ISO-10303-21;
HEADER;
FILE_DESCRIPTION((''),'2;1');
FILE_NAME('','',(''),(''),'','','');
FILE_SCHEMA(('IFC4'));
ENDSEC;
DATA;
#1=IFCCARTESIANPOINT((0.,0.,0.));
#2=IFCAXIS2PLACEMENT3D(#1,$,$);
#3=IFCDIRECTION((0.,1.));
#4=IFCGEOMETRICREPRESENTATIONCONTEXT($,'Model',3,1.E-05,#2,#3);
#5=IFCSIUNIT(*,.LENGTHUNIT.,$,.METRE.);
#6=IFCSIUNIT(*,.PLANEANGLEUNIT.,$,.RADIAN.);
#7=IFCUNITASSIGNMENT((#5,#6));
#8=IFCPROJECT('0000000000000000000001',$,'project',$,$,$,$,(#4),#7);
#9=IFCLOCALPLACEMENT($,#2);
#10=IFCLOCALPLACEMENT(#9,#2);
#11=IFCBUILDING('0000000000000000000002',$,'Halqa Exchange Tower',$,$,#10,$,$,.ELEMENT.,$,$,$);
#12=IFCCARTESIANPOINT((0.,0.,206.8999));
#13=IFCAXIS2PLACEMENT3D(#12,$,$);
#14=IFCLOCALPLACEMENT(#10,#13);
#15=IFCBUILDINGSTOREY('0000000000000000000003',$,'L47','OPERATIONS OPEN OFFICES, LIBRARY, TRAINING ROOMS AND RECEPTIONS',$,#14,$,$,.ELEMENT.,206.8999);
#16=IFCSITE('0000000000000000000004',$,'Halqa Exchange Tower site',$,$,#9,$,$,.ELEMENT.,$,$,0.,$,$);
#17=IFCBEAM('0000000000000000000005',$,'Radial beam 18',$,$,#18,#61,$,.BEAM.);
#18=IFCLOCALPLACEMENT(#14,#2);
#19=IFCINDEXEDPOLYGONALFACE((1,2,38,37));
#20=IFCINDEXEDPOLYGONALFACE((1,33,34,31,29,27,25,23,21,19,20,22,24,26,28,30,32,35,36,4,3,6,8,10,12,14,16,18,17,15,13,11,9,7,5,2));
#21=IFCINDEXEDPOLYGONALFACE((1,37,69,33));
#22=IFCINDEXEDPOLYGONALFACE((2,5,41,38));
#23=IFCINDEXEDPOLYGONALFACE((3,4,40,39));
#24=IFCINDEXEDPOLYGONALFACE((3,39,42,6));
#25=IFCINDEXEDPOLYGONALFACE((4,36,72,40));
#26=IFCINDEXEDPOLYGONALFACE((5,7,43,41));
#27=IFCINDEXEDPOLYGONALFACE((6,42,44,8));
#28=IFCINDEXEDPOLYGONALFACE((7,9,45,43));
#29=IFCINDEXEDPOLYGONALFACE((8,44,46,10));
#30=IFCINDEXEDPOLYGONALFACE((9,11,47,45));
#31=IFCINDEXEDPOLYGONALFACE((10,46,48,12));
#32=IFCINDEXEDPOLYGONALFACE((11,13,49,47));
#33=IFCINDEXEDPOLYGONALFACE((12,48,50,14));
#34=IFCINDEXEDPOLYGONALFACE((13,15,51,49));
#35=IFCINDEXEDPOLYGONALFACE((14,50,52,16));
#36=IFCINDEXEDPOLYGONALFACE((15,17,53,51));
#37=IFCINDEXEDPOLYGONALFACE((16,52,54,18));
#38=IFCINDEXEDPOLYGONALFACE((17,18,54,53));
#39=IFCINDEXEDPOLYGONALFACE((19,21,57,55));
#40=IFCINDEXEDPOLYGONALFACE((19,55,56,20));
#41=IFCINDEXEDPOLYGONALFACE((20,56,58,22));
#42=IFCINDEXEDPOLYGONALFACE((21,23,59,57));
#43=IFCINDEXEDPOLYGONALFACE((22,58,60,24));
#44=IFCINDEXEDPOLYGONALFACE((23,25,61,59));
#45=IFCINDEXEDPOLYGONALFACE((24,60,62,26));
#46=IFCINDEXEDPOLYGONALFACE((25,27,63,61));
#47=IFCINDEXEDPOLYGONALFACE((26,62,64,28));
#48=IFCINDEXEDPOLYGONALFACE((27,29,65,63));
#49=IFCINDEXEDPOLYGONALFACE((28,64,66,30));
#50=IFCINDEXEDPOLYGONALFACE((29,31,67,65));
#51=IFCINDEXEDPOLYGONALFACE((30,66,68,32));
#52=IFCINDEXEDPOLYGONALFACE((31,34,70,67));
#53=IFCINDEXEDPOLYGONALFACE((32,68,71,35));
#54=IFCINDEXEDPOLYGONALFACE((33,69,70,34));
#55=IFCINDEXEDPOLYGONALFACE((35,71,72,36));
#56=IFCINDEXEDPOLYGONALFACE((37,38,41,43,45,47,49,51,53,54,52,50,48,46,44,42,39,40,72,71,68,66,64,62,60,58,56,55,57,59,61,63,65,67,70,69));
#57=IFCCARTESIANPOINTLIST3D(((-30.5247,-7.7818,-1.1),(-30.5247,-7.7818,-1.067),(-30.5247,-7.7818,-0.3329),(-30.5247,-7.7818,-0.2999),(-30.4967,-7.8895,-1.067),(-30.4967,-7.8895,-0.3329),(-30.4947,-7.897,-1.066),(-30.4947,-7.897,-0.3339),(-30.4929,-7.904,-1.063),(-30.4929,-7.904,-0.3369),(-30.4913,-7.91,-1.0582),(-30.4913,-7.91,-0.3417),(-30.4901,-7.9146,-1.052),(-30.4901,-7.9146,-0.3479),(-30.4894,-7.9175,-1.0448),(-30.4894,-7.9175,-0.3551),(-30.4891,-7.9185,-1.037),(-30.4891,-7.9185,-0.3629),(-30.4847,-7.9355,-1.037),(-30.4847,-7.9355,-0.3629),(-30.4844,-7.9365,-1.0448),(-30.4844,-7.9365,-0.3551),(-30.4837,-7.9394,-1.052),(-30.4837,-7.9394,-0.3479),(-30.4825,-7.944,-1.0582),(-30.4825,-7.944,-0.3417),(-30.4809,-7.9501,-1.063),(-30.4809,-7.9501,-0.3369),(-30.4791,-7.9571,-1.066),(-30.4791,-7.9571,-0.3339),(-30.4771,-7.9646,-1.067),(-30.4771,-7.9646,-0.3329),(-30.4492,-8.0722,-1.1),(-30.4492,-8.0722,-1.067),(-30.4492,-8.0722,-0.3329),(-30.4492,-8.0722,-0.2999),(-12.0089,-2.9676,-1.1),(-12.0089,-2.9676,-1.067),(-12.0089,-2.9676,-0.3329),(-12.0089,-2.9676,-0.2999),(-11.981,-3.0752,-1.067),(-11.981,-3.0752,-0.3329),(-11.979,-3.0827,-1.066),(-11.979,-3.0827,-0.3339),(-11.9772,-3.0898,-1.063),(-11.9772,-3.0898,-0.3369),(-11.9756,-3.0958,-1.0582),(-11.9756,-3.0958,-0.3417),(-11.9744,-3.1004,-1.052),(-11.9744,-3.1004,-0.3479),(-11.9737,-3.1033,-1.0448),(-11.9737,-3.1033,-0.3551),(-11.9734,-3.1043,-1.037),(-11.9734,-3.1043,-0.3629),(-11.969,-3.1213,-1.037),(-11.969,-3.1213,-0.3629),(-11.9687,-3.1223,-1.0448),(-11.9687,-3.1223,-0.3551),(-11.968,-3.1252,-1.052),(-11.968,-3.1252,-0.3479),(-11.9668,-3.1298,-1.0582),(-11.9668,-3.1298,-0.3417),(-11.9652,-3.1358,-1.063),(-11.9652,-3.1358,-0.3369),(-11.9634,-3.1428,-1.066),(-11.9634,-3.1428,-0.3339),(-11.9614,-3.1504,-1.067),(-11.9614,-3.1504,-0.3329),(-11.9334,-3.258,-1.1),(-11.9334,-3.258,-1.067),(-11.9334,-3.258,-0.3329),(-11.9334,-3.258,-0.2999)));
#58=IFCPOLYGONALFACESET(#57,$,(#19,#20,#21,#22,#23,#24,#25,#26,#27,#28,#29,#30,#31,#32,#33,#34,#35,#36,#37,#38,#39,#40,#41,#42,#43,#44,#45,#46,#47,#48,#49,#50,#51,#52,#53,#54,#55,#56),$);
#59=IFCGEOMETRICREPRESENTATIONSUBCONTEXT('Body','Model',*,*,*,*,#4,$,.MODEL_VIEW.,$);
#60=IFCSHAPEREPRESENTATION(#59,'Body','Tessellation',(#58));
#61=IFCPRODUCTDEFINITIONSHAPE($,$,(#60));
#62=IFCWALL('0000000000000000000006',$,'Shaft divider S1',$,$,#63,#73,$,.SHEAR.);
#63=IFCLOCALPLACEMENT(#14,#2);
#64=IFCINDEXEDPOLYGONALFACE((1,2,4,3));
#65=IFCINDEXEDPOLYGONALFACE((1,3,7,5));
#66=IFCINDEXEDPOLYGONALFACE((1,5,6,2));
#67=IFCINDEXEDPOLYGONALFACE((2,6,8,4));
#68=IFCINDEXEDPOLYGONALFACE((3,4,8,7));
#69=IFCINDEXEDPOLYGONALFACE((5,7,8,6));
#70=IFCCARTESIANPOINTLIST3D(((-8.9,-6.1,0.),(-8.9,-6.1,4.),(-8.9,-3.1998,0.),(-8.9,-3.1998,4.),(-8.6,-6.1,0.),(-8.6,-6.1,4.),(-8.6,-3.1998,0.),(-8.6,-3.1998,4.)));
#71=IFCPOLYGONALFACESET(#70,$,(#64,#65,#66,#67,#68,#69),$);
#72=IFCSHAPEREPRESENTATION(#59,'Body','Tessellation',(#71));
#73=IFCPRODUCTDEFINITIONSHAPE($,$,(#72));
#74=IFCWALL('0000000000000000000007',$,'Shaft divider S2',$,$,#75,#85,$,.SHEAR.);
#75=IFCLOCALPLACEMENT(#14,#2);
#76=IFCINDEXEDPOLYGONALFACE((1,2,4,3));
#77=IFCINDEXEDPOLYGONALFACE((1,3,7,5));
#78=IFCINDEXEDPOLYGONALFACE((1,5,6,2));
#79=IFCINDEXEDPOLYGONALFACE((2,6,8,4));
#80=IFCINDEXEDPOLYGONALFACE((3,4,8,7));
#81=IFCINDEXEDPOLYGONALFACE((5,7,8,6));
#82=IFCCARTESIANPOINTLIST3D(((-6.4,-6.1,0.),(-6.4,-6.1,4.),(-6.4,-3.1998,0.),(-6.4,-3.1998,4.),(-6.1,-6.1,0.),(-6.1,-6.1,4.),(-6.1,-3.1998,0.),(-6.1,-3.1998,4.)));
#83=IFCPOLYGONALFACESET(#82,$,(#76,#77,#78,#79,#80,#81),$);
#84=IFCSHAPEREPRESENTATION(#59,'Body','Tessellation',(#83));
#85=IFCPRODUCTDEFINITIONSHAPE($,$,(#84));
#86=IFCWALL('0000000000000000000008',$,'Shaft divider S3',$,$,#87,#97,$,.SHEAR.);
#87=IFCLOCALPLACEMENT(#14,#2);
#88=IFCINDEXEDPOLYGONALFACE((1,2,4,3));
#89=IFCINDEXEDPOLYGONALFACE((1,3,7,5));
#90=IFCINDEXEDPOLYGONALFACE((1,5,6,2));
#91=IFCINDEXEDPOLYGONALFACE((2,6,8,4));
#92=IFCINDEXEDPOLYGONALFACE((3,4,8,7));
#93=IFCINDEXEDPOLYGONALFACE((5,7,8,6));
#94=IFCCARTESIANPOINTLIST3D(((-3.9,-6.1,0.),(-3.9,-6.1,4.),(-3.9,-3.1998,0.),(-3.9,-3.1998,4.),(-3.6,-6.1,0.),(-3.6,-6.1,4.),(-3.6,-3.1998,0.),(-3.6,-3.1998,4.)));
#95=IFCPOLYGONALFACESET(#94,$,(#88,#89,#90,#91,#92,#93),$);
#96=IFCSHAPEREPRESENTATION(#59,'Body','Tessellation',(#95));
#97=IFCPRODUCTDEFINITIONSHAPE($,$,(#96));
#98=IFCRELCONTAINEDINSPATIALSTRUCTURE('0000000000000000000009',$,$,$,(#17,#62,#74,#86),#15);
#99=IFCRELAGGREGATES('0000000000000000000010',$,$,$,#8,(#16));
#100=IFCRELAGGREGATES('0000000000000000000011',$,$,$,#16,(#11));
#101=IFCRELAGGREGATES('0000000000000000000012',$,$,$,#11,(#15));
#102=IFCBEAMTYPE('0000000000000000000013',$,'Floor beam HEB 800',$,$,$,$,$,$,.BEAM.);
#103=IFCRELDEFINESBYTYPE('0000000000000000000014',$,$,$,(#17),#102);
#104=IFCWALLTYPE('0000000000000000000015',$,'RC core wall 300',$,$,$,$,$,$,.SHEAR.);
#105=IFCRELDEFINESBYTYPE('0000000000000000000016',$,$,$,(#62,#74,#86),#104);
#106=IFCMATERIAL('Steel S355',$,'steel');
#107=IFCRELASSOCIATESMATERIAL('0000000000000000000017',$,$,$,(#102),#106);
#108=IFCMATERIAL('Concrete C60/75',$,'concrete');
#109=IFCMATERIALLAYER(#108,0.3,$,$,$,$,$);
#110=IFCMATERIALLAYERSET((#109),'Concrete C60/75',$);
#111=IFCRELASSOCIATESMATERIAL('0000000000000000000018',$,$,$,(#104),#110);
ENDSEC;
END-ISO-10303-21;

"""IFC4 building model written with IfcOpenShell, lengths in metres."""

from ifc_helpers import new_model, si_unit, direction, frame, frame_2d, origin, origin_2d, place, context, subcontext, project, spatial, rectangle, i_section, extrude, material, layer, layer_set, material_profile, profile_set, type_object, element, save


model = new_model("IFC4")

# Units and contexts
model_context = context("Model", 3, precision=1e-05, world=origin(), true_north=direction((0.0, 1.0)))
body_context = subcontext(model_context, "Body", "Model", "MODEL_VIEW")
ifc_project = project(units=[si_unit("LENGTHUNIT", "METRE"), si_unit("PLANEANGLEUNIT", "RADIAN")], contexts=[model_context])

# Site, building, storey
site_placement = place(None, origin())
site = spatial("IfcSite", under=ifc_project, at=site_placement, Name="Halqa Exchange Tower site", CompositionType="ELEMENT", RefElevation=0.0)
building_placement = place(site_placement, origin())
building = spatial("IfcBuilding", under=site, at=building_placement, Name="Halqa Exchange Tower", CompositionType="ELEMENT")
storey_placement = place(building_placement, frame((0.0, 0.0, 206.8999)))
storey = spatial("IfcBuildingStorey", under=building, at=storey_placement, Name="L47", Description="OPERATIONS OPEN OFFICES, LIBRARY, TRAINING ROOMS AND RECEPTIONS", CompositionType="ELEMENT", Elevation=206.8999)

# Beam
ifc_material_1 = material(Name="Steel S355", Category="steel")
ifc_material_profile = material_profile(ifc_material_1, i_section(OverallWidth=0.3, OverallDepth=0.8, WebThickness=0.0176, FlangeThickness=0.033, FilletRadius=0.03, at=origin_2d()), Name="HEB 800")
ifc_profile_set = profile_set([ifc_material_profile], Name="Steel S355")
beam_type = type_object("IfcBeamType", Name="Floor beam HEB 800", PredefinedType="BEAM", material=ifc_profile_set)
beam_placement = place(storey_placement, frame((-11.9712, -3.1128, -0.7), z_axis=(-0.967821, -0.251641, 0.0), x_axis=(0.251641, -0.967821, 0.0)))
element("IfcBeam", 1, at=beam_placement, inside=storey, type_object=beam_type, Name="Radial beam 18", PredefinedType="BEAM", context=body_context, shape_type="SweptSolid", body=[
    extrude(i_section(OverallWidth=0.3, OverallDepth=0.8, WebThickness=0.0176, FlangeThickness=0.033, FilletRadius=0.03, at=origin_2d()), origin(), (0.0, 0.0, 1.0), 19.1313),
])

# Walls
ifc_material_2 = material(Name="Concrete C60/75", Category="concrete")
ifc_layer_1 = layer(ifc_material_2, 0.3)
ifc_layer_set_1 = layer_set([ifc_layer_1], Name="Concrete C60/75")
wall_type_1 = type_object("IfcWallType", Name="RC core wall 300", PredefinedType="SHEAR", material=ifc_layer_set_1)
for number, where, z_axis, x_axis, name in (
    (2, (-8.75, -6.1001, 0.0), (0.0, 0.0, 1.0), (0.0, 1.0, 0.0), "Shaft divider S1"),
    (3, (-6.25, -6.1001, 0.0), (0.0, 0.0, 1.0), (0.0, 1.0, 0.0), "Shaft divider S2"),
    (4, (-3.75, -6.1001, 0.0), (0.0, 0.0, 1.0), (0.0, 1.0, 0.0), "Shaft divider S3"),
):
    element("IfcWall", number, at=place(storey_placement, frame(where, z_axis=z_axis, x_axis=x_axis)), inside=storey, type_object=wall_type_1, Name=name, PredefinedType="SHEAR", context=body_context, shape_type="SweptSolid", body=[
        extrude(rectangle(XDim=2.9001, YDim=0.3, at=frame_2d((1.4502, 0.0))), origin(), (0.0, 0.0, 1.0), 4.0),
    ])

save(model, "model.ifc")
